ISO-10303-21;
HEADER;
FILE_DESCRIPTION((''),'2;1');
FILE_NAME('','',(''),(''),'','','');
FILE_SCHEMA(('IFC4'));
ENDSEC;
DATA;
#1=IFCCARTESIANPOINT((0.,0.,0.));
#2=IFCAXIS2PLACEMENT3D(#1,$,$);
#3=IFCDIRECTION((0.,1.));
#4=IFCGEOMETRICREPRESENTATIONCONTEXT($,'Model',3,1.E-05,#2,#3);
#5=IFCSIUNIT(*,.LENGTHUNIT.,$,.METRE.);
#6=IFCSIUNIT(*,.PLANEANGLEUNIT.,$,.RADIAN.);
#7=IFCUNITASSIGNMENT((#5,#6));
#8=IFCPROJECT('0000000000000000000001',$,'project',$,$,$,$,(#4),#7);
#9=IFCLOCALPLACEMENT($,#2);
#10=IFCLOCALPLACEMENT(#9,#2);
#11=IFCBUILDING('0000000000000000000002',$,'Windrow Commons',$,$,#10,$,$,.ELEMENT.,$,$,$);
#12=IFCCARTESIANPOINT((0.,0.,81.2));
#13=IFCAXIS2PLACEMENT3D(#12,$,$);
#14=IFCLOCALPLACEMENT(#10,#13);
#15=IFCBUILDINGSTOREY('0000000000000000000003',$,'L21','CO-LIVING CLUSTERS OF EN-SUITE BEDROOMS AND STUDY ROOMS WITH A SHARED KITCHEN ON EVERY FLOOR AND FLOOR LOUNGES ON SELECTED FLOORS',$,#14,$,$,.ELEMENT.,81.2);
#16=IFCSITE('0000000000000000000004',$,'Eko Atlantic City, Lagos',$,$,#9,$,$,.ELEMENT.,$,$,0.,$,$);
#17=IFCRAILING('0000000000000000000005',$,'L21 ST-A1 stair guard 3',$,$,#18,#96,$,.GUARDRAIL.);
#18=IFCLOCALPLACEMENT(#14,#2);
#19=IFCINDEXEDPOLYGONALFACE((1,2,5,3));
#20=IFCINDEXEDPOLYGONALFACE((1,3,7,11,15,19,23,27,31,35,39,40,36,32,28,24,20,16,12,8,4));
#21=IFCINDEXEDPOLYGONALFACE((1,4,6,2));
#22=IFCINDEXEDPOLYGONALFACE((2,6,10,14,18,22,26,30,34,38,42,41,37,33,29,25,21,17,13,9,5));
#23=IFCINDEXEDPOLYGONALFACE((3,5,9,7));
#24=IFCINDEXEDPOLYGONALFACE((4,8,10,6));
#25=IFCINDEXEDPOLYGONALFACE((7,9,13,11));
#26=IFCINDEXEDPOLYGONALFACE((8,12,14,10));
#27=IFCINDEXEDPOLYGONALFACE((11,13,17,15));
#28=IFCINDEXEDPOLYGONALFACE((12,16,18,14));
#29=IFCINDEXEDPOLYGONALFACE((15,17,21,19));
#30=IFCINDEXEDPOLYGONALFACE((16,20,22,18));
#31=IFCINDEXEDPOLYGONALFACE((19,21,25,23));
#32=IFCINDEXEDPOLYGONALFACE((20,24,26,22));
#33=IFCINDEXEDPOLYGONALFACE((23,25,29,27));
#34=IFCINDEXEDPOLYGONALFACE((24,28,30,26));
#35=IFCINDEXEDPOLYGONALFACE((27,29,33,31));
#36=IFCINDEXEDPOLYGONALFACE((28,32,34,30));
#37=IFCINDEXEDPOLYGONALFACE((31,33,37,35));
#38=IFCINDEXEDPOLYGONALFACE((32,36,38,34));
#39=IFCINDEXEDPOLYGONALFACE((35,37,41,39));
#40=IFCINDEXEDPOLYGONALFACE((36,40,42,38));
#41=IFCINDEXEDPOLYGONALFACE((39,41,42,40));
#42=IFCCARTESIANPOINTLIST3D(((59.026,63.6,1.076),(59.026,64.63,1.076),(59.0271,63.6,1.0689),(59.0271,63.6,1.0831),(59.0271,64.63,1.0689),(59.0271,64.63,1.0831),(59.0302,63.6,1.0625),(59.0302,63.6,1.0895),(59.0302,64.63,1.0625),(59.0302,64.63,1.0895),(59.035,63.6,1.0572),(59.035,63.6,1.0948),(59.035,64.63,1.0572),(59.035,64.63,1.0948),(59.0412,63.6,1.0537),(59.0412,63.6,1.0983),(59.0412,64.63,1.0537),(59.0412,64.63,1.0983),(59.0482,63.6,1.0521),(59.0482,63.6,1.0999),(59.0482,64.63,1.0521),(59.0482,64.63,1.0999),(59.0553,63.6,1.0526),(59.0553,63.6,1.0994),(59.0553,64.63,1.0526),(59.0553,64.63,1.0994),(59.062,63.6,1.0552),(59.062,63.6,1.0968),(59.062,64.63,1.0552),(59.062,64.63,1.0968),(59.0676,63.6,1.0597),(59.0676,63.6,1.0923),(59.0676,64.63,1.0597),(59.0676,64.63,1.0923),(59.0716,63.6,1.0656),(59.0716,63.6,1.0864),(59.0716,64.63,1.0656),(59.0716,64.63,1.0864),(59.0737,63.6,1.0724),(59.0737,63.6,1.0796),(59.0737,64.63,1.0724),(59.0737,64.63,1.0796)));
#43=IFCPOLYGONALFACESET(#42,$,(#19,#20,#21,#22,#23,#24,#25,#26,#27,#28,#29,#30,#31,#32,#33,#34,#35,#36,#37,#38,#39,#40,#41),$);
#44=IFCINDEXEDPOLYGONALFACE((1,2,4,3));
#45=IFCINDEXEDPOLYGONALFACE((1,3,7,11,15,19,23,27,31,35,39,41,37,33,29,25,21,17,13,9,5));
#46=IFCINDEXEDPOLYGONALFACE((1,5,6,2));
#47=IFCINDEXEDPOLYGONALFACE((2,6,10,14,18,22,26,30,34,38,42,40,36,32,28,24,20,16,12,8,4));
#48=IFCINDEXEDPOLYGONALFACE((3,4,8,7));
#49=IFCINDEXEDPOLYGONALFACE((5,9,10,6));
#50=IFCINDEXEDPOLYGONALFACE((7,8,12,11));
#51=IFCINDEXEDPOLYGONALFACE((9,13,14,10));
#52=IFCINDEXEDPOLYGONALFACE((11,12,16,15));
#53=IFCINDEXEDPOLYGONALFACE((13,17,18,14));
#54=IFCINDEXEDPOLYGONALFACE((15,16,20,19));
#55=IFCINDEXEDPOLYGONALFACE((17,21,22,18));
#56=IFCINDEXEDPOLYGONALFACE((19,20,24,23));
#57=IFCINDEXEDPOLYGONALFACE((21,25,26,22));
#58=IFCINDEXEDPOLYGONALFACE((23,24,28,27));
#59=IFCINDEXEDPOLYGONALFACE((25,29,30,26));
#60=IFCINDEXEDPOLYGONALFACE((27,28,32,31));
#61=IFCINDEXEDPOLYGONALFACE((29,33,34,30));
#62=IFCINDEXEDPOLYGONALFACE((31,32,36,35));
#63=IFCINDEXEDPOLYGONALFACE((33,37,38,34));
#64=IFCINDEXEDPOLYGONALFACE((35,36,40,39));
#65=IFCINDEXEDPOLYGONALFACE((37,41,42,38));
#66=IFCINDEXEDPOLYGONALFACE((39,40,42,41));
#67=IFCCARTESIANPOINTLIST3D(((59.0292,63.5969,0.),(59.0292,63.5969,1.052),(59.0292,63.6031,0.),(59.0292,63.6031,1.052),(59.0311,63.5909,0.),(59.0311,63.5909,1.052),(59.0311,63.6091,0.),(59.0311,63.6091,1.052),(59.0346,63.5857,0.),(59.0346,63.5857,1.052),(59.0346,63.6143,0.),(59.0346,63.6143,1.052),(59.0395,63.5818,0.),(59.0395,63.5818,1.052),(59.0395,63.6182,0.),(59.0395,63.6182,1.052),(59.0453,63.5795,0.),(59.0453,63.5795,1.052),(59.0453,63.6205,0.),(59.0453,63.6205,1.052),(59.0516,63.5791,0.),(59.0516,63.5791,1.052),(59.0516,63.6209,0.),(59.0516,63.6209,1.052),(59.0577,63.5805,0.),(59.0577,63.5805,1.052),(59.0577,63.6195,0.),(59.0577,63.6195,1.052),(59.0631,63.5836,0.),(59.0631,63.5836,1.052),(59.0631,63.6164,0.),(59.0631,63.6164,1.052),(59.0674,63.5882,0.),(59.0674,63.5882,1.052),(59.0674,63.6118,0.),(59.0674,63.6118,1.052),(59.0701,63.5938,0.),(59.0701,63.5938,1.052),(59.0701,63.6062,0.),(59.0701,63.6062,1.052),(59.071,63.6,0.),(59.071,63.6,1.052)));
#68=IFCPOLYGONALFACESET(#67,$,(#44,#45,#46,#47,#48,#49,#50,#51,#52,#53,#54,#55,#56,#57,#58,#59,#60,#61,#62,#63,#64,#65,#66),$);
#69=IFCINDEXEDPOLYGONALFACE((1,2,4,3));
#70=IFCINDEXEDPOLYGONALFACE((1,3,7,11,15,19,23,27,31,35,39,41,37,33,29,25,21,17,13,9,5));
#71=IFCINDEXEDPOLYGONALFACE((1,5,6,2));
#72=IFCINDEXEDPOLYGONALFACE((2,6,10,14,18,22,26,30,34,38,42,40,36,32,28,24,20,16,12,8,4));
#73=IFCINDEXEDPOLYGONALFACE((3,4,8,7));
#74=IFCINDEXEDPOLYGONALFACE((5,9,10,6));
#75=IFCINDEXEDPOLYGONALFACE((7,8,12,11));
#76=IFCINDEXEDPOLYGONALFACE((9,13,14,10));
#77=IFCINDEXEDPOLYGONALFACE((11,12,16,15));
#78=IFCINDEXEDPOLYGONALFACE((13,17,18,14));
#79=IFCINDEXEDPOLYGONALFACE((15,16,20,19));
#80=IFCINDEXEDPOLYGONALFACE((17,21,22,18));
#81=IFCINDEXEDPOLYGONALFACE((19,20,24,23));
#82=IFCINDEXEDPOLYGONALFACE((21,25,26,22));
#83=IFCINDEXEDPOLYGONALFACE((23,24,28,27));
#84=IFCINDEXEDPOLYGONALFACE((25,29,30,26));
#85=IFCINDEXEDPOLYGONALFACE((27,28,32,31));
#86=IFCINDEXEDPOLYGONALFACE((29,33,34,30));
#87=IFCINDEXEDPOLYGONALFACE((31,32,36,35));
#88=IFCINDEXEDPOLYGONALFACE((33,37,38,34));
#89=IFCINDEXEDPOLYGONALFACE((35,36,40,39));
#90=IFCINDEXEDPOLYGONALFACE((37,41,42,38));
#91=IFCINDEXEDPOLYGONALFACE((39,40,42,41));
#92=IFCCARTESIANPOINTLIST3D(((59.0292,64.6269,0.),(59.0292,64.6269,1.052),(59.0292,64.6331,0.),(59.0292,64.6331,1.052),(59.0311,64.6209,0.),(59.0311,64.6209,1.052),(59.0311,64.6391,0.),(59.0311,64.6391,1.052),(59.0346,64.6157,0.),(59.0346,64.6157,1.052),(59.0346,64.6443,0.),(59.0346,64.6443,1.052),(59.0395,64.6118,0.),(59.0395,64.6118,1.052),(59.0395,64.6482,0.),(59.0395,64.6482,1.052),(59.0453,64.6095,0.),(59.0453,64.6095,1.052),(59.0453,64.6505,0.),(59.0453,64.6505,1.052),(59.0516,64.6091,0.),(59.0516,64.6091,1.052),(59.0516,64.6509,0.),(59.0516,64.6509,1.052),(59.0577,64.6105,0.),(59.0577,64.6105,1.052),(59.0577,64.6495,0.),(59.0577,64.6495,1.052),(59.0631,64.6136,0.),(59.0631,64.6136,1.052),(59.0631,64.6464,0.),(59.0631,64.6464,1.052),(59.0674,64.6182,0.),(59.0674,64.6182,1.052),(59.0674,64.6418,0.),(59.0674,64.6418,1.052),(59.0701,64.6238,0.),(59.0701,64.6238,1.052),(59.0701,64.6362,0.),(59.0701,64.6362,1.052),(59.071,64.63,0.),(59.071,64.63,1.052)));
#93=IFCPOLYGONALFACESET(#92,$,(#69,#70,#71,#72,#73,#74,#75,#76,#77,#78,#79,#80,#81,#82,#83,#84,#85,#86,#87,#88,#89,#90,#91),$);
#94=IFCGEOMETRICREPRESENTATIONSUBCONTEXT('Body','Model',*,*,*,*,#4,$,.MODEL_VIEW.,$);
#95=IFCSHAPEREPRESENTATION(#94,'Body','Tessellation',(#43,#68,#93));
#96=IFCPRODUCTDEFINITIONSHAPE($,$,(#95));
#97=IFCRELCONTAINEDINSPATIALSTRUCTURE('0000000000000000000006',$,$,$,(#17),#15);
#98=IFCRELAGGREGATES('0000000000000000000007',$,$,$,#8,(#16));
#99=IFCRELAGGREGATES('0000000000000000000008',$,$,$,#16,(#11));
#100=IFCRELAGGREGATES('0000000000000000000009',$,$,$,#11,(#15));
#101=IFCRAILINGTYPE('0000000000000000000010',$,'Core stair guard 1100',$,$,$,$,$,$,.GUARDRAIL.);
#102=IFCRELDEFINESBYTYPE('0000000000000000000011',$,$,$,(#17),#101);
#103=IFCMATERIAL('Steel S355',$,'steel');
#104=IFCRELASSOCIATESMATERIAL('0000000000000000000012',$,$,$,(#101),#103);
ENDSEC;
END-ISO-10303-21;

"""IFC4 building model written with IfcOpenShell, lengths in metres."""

from ifc_helpers import new_model, si_unit, direction, frame, origin, origin_2d, place, context, subcontext, project, spatial, circle, extrude, material, type_object, element, save


model = new_model("IFC4")

# Units and contexts
model_context = context("Model", 3, precision=1e-05, world=origin(), true_north=direction((0.0, 1.0)))
body_context = subcontext(model_context, "Body", "Model", "MODEL_VIEW")
ifc_project = project(units=[si_unit("LENGTHUNIT", "METRE"), si_unit("PLANEANGLEUNIT", "RADIAN")], contexts=[model_context])

# Site, building, storey
site_placement = place(None, origin())
site = spatial("IfcSite", under=ifc_project, at=site_placement, Name="Eko Atlantic City, Lagos", CompositionType="ELEMENT", RefElevation=0.0)
building_placement = place(site_placement, origin())
building = spatial("IfcBuilding", under=site, at=building_placement, Name="Windrow Commons", CompositionType="ELEMENT")
storey_placement = place(building_placement, frame((0.0, 0.0, 81.2)))
storey = spatial("IfcBuildingStorey", under=building, at=storey_placement, Name="L21", Description="CO-LIVING CLUSTERS OF EN-SUITE BEDROOMS AND STUDY ROOMS WITH A SHARED KITCHEN ON EVERY FLOOR AND FLOOR LOUNGES ON SELECTED FLOORS", CompositionType="ELEMENT", Elevation=81.2)

# Railing
ifc_material_1 = material(Name="Steel S355", Category="steel")
railing_type_1 = type_object("IfcRailingType", Name="Core stair guard 1100", PredefinedType="GUARDRAIL", material=ifc_material_1)
railing_1_placement = place(storey_placement, frame((59.05, 63.6, 0.0)))
element("IfcRailing", 1, at=railing_1_placement, inside=storey, type_object=railing_type_1, Name="L21 ST-A1 stair guard 3", PredefinedType="GUARDRAIL", context=body_context, shape_type="SweptSolid", body=[
    extrude(circle(Radius=0.024, at=origin_2d()), frame((0.0, 0.0, 1.076), z_axis=(0.0, 1.0, 0.0), x_axis=(-1.0, 0.0, 0.0)), (0.0, 0.0, 1.0), 1.03),
    extrude(circle(Radius=0.021, at=origin_2d()), origin(), (0.0, 0.0, 1.0), 1.052),
    extrude(circle(Radius=0.021, at=origin_2d()), frame((0.0, 1.03, 0.0)), (0.0, 0.0, 1.0), 1.052),
])

save(model, "model.ifc")
